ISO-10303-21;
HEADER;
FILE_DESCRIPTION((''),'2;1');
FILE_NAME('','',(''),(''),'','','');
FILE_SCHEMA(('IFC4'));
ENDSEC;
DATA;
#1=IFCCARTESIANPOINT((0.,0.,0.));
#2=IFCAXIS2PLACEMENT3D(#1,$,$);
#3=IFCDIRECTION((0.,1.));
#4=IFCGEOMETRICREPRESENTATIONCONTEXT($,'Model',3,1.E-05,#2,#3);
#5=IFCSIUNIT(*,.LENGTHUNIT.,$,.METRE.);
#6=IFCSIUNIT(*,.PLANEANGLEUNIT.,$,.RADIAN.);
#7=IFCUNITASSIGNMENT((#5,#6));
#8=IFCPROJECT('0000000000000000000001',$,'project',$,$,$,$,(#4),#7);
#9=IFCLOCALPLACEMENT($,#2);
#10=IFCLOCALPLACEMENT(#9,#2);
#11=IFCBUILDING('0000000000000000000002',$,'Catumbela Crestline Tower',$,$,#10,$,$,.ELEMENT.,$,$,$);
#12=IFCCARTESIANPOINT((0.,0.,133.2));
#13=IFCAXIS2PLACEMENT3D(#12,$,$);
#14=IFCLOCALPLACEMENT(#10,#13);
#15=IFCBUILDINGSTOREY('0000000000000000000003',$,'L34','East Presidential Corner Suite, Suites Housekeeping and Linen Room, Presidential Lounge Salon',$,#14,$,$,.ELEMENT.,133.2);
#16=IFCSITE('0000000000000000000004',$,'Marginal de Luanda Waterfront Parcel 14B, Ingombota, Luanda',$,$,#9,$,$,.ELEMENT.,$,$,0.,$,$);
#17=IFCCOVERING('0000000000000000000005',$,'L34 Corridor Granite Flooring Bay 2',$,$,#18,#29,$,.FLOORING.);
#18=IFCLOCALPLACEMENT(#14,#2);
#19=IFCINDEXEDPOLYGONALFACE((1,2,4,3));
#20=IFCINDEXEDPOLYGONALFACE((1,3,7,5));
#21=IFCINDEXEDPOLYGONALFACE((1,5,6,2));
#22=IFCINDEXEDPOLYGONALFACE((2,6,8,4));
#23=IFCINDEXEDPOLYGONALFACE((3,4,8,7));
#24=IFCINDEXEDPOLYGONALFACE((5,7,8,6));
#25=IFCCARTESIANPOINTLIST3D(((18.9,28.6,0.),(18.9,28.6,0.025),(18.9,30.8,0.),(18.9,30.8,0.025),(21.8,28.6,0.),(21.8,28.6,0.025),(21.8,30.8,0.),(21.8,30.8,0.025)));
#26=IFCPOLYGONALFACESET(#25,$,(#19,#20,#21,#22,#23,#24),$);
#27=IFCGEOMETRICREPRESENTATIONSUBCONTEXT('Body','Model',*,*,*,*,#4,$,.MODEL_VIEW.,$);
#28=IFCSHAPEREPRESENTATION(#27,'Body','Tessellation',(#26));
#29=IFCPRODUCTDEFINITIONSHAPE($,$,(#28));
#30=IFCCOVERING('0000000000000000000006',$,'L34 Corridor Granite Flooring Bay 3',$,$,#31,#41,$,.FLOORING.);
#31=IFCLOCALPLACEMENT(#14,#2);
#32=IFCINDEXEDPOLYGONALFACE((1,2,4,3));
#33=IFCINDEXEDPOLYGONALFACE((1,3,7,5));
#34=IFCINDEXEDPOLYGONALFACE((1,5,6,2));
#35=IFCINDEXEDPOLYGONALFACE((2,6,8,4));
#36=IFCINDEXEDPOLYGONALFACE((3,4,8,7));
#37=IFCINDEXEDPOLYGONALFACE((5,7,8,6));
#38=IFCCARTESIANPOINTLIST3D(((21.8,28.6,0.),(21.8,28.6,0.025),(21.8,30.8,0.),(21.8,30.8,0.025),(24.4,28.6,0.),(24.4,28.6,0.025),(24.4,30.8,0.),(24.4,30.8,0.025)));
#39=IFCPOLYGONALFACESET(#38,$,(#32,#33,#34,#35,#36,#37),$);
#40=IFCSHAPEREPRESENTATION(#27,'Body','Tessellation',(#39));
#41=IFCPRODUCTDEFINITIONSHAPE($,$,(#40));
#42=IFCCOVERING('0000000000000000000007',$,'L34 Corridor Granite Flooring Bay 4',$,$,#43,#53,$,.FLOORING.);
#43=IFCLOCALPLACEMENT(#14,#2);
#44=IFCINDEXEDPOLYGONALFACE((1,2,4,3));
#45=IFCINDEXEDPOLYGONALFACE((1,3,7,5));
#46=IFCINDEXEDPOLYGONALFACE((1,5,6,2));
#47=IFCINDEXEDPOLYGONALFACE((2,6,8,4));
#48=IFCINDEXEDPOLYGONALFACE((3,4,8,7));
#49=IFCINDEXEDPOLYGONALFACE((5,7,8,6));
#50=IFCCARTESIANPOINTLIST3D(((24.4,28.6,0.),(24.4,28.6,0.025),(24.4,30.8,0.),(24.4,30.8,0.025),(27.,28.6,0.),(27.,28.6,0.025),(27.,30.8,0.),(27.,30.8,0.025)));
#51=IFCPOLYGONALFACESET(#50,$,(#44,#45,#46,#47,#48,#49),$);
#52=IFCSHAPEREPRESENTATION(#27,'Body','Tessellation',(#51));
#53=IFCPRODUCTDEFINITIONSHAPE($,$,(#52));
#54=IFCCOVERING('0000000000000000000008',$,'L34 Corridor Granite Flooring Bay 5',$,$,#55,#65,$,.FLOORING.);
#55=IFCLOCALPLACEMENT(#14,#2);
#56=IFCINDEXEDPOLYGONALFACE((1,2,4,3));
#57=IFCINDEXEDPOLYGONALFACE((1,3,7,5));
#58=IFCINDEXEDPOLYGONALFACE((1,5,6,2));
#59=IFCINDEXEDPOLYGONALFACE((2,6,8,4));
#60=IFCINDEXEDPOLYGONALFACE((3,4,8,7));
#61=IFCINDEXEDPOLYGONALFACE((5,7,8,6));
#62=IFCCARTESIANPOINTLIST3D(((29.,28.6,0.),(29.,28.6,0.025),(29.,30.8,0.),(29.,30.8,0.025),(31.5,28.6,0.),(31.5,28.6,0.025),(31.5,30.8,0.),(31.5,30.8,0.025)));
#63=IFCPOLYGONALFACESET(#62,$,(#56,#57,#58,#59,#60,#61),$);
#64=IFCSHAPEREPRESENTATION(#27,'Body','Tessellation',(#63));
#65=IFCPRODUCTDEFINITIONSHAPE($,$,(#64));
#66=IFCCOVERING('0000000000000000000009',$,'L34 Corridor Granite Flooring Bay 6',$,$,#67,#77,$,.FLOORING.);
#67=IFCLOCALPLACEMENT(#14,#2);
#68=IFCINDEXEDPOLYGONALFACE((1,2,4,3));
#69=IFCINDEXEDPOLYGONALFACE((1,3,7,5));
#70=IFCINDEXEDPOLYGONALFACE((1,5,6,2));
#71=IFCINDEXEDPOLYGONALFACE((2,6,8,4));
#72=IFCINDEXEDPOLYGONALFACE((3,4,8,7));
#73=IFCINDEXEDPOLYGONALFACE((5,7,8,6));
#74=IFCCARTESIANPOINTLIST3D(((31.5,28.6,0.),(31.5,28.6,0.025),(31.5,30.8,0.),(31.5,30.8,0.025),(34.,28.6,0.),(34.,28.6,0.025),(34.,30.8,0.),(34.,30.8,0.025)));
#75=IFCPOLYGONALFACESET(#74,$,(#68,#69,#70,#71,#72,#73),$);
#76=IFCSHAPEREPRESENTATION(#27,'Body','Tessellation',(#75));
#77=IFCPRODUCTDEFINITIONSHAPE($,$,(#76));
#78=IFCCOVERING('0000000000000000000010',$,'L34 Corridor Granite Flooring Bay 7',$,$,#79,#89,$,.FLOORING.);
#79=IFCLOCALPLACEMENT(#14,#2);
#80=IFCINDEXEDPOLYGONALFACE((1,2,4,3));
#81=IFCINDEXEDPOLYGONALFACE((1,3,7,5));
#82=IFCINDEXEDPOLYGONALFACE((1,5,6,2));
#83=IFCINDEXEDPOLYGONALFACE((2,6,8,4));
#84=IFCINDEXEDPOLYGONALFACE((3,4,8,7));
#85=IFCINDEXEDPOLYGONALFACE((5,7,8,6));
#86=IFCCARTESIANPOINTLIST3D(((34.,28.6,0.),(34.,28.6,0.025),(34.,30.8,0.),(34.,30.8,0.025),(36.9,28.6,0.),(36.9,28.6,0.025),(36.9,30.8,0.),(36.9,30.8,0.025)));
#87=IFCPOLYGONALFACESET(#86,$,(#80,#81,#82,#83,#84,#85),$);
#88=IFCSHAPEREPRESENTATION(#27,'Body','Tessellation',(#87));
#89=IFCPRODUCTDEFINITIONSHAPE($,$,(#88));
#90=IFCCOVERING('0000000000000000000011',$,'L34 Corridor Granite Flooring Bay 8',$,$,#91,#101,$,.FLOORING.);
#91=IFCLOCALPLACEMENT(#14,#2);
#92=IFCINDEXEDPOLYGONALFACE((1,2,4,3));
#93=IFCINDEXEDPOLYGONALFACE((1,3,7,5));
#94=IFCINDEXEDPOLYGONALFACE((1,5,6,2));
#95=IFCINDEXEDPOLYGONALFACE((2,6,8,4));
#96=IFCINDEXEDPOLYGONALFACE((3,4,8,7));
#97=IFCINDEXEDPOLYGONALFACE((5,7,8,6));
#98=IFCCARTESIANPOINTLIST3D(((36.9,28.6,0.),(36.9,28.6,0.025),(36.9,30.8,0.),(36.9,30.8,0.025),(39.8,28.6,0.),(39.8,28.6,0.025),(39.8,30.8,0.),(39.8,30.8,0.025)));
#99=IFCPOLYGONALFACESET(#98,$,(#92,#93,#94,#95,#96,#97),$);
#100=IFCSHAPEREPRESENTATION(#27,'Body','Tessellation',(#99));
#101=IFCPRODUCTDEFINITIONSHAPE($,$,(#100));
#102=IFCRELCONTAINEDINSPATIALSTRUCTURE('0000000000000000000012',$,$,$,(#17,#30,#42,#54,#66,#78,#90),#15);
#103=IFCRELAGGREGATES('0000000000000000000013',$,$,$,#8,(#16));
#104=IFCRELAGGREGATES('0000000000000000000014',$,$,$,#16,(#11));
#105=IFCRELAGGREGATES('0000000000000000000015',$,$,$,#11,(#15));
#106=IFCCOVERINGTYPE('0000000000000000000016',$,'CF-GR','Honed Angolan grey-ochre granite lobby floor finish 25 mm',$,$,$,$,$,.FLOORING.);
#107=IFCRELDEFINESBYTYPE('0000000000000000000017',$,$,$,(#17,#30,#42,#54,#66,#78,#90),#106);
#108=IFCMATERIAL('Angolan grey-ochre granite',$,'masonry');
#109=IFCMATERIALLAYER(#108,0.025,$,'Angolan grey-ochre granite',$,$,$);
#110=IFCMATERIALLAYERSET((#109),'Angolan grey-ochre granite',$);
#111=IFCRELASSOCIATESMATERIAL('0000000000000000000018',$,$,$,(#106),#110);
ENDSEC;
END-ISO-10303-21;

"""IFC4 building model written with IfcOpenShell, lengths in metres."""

from ifc_helpers import new_model, si_unit, direction, frame, origin, place, context, subcontext, project, spatial, polyline, outline, extrude, material, layer, layer_set, type_object, element, save


model = new_model("IFC4")

# Units and contexts
model_context = context("Model", 3, precision=1e-05, world=origin(), true_north=direction((0.0, 1.0)))
body_context = subcontext(model_context, "Body", "Model", "MODEL_VIEW")
ifc_project = project(units=[si_unit("LENGTHUNIT", "METRE"), si_unit("PLANEANGLEUNIT", "RADIAN")], contexts=[model_context])

# Site, building, storey
site_placement = place(None, origin())
site = spatial("IfcSite", under=ifc_project, at=site_placement, Name="Marginal de Luanda Waterfront Parcel 14B, Ingombota, Luanda", CompositionType="ELEMENT", RefElevation=0.0)
building_placement = place(site_placement, origin())
building = spatial("IfcBuilding", under=site, at=building_placement, Name="Catumbela Crestline Tower", CompositionType="ELEMENT")
storey_placement = place(building_placement, frame((0.0, 0.0, 133.2)))
storey = spatial("IfcBuildingStorey", under=building, at=storey_placement, Name="L34", Description="East Presidential Corner Suite, Suites Housekeeping and Linen Room, Presidential Lounge Salon", CompositionType="ELEMENT", Elevation=133.2)

# Shared definitions
ifc_material_1 = material(Name="Angolan grey-ochre granite", Category="masonry")

# Coverings
ifc_layer_1 = layer(ifc_material_1, 0.025, Name="Angolan grey-ochre granite")
ifc_layer_set_1 = layer_set([ifc_layer_1], Name="Angolan grey-ochre granite")
covering_type_1 = type_object("IfcCoveringType", Name="CF-GR", Description="Honed Angolan grey-ochre granite lobby floor finish 25 mm", PredefinedType="FLOORING", material=ifc_layer_set_1)
covering_1_placement = place(storey_placement, origin())
element("IfcCovering", 1, at=covering_1_placement, inside=storey, type_object=covering_type_1, Name="L34 Corridor Granite Flooring Bay 2", PredefinedType="FLOORING", context=body_context, shape_type="SweptSolid", body=[
    extrude(outline(polyline([(18.9, 28.6), (21.8, 28.6), (21.8, 30.8), (18.9, 30.8), (18.9, 28.6)])), origin(), (0.0, 0.0, 1.0), 0.025),
])
covering_2_placement = place(storey_placement, origin())
element("IfcCovering", 2, at=covering_2_placement, inside=storey, type_object=covering_type_1, Name="L34 Corridor Granite Flooring Bay 3", PredefinedType="FLOORING", context=body_context, shape_type="SweptSolid", body=[
    extrude(outline(polyline([(21.8, 28.6), (24.4, 28.6), (24.4, 30.8), (21.8, 30.8), (21.8, 28.6)])), origin(), (0.0, 0.0, 1.0), 0.025),
])
covering_3_placement = place(storey_placement, origin())
element("IfcCovering", 3, at=covering_3_placement, inside=storey, type_object=covering_type_1, Name="L34 Corridor Granite Flooring Bay 4", PredefinedType="FLOORING", context=body_context, shape_type="SweptSolid", body=[
    extrude(outline(polyline([(24.4, 28.6), (27.0, 28.6), (27.0, 30.8), (24.4, 30.8), (24.4, 28.6)])), origin(), (0.0, 0.0, 1.0), 0.025),
])
covering_4_placement = place(storey_placement, origin())
element("IfcCovering", 4, at=covering_4_placement, inside=storey, type_object=covering_type_1, Name="L34 Corridor Granite Flooring Bay 5", PredefinedType="FLOORING", context=body_context, shape_type="SweptSolid", body=[
    extrude(outline(polyline([(29.0, 28.6), (31.5, 28.6), (31.5, 30.8), (29.0, 30.8), (29.0, 28.6)])), origin(), (0.0, 0.0, 1.0), 0.025),
])
covering_5_placement = place(storey_placement, origin())
element("IfcCovering", 5, at=covering_5_placement, inside=storey, type_object=covering_type_1, Name="L34 Corridor Granite Flooring Bay 6", PredefinedType="FLOORING", context=body_context, shape_type="SweptSolid", body=[
    extrude(outline(polyline([(31.5, 28.6), (34.0, 28.6), (34.0, 30.8), (31.5, 30.8), (31.5, 28.6)])), origin(), (0.0, 0.0, 1.0), 0.025),
])
covering_6_placement = place(storey_placement, origin())
element("IfcCovering", 6, at=covering_6_placement, inside=storey, type_object=covering_type_1, Name="L34 Corridor Granite Flooring Bay 7", PredefinedType="FLOORING", context=body_context, shape_type="SweptSolid", body=[
    extrude(outline(polyline([(34.0, 28.6), (36.9, 28.6), (36.9, 30.8), (34.0, 30.8), (34.0, 28.6)])), origin(), (0.0, 0.0, 1.0), 0.025),
])
covering_7_placement = place(storey_placement, origin())
element("IfcCovering", 7, at=covering_7_placement, inside=storey, type_object=covering_type_1, Name="L34 Corridor Granite Flooring Bay 8", PredefinedType="FLOORING", context=body_context, shape_type="SweptSolid", body=[
    extrude(outline(polyline([(36.9, 28.6), (39.8, 28.6), (39.8, 30.8), (36.9, 30.8), (36.9, 28.6)])), origin(), (0.0, 0.0, 1.0), 0.025),
])

save(model, "model.ifc")
